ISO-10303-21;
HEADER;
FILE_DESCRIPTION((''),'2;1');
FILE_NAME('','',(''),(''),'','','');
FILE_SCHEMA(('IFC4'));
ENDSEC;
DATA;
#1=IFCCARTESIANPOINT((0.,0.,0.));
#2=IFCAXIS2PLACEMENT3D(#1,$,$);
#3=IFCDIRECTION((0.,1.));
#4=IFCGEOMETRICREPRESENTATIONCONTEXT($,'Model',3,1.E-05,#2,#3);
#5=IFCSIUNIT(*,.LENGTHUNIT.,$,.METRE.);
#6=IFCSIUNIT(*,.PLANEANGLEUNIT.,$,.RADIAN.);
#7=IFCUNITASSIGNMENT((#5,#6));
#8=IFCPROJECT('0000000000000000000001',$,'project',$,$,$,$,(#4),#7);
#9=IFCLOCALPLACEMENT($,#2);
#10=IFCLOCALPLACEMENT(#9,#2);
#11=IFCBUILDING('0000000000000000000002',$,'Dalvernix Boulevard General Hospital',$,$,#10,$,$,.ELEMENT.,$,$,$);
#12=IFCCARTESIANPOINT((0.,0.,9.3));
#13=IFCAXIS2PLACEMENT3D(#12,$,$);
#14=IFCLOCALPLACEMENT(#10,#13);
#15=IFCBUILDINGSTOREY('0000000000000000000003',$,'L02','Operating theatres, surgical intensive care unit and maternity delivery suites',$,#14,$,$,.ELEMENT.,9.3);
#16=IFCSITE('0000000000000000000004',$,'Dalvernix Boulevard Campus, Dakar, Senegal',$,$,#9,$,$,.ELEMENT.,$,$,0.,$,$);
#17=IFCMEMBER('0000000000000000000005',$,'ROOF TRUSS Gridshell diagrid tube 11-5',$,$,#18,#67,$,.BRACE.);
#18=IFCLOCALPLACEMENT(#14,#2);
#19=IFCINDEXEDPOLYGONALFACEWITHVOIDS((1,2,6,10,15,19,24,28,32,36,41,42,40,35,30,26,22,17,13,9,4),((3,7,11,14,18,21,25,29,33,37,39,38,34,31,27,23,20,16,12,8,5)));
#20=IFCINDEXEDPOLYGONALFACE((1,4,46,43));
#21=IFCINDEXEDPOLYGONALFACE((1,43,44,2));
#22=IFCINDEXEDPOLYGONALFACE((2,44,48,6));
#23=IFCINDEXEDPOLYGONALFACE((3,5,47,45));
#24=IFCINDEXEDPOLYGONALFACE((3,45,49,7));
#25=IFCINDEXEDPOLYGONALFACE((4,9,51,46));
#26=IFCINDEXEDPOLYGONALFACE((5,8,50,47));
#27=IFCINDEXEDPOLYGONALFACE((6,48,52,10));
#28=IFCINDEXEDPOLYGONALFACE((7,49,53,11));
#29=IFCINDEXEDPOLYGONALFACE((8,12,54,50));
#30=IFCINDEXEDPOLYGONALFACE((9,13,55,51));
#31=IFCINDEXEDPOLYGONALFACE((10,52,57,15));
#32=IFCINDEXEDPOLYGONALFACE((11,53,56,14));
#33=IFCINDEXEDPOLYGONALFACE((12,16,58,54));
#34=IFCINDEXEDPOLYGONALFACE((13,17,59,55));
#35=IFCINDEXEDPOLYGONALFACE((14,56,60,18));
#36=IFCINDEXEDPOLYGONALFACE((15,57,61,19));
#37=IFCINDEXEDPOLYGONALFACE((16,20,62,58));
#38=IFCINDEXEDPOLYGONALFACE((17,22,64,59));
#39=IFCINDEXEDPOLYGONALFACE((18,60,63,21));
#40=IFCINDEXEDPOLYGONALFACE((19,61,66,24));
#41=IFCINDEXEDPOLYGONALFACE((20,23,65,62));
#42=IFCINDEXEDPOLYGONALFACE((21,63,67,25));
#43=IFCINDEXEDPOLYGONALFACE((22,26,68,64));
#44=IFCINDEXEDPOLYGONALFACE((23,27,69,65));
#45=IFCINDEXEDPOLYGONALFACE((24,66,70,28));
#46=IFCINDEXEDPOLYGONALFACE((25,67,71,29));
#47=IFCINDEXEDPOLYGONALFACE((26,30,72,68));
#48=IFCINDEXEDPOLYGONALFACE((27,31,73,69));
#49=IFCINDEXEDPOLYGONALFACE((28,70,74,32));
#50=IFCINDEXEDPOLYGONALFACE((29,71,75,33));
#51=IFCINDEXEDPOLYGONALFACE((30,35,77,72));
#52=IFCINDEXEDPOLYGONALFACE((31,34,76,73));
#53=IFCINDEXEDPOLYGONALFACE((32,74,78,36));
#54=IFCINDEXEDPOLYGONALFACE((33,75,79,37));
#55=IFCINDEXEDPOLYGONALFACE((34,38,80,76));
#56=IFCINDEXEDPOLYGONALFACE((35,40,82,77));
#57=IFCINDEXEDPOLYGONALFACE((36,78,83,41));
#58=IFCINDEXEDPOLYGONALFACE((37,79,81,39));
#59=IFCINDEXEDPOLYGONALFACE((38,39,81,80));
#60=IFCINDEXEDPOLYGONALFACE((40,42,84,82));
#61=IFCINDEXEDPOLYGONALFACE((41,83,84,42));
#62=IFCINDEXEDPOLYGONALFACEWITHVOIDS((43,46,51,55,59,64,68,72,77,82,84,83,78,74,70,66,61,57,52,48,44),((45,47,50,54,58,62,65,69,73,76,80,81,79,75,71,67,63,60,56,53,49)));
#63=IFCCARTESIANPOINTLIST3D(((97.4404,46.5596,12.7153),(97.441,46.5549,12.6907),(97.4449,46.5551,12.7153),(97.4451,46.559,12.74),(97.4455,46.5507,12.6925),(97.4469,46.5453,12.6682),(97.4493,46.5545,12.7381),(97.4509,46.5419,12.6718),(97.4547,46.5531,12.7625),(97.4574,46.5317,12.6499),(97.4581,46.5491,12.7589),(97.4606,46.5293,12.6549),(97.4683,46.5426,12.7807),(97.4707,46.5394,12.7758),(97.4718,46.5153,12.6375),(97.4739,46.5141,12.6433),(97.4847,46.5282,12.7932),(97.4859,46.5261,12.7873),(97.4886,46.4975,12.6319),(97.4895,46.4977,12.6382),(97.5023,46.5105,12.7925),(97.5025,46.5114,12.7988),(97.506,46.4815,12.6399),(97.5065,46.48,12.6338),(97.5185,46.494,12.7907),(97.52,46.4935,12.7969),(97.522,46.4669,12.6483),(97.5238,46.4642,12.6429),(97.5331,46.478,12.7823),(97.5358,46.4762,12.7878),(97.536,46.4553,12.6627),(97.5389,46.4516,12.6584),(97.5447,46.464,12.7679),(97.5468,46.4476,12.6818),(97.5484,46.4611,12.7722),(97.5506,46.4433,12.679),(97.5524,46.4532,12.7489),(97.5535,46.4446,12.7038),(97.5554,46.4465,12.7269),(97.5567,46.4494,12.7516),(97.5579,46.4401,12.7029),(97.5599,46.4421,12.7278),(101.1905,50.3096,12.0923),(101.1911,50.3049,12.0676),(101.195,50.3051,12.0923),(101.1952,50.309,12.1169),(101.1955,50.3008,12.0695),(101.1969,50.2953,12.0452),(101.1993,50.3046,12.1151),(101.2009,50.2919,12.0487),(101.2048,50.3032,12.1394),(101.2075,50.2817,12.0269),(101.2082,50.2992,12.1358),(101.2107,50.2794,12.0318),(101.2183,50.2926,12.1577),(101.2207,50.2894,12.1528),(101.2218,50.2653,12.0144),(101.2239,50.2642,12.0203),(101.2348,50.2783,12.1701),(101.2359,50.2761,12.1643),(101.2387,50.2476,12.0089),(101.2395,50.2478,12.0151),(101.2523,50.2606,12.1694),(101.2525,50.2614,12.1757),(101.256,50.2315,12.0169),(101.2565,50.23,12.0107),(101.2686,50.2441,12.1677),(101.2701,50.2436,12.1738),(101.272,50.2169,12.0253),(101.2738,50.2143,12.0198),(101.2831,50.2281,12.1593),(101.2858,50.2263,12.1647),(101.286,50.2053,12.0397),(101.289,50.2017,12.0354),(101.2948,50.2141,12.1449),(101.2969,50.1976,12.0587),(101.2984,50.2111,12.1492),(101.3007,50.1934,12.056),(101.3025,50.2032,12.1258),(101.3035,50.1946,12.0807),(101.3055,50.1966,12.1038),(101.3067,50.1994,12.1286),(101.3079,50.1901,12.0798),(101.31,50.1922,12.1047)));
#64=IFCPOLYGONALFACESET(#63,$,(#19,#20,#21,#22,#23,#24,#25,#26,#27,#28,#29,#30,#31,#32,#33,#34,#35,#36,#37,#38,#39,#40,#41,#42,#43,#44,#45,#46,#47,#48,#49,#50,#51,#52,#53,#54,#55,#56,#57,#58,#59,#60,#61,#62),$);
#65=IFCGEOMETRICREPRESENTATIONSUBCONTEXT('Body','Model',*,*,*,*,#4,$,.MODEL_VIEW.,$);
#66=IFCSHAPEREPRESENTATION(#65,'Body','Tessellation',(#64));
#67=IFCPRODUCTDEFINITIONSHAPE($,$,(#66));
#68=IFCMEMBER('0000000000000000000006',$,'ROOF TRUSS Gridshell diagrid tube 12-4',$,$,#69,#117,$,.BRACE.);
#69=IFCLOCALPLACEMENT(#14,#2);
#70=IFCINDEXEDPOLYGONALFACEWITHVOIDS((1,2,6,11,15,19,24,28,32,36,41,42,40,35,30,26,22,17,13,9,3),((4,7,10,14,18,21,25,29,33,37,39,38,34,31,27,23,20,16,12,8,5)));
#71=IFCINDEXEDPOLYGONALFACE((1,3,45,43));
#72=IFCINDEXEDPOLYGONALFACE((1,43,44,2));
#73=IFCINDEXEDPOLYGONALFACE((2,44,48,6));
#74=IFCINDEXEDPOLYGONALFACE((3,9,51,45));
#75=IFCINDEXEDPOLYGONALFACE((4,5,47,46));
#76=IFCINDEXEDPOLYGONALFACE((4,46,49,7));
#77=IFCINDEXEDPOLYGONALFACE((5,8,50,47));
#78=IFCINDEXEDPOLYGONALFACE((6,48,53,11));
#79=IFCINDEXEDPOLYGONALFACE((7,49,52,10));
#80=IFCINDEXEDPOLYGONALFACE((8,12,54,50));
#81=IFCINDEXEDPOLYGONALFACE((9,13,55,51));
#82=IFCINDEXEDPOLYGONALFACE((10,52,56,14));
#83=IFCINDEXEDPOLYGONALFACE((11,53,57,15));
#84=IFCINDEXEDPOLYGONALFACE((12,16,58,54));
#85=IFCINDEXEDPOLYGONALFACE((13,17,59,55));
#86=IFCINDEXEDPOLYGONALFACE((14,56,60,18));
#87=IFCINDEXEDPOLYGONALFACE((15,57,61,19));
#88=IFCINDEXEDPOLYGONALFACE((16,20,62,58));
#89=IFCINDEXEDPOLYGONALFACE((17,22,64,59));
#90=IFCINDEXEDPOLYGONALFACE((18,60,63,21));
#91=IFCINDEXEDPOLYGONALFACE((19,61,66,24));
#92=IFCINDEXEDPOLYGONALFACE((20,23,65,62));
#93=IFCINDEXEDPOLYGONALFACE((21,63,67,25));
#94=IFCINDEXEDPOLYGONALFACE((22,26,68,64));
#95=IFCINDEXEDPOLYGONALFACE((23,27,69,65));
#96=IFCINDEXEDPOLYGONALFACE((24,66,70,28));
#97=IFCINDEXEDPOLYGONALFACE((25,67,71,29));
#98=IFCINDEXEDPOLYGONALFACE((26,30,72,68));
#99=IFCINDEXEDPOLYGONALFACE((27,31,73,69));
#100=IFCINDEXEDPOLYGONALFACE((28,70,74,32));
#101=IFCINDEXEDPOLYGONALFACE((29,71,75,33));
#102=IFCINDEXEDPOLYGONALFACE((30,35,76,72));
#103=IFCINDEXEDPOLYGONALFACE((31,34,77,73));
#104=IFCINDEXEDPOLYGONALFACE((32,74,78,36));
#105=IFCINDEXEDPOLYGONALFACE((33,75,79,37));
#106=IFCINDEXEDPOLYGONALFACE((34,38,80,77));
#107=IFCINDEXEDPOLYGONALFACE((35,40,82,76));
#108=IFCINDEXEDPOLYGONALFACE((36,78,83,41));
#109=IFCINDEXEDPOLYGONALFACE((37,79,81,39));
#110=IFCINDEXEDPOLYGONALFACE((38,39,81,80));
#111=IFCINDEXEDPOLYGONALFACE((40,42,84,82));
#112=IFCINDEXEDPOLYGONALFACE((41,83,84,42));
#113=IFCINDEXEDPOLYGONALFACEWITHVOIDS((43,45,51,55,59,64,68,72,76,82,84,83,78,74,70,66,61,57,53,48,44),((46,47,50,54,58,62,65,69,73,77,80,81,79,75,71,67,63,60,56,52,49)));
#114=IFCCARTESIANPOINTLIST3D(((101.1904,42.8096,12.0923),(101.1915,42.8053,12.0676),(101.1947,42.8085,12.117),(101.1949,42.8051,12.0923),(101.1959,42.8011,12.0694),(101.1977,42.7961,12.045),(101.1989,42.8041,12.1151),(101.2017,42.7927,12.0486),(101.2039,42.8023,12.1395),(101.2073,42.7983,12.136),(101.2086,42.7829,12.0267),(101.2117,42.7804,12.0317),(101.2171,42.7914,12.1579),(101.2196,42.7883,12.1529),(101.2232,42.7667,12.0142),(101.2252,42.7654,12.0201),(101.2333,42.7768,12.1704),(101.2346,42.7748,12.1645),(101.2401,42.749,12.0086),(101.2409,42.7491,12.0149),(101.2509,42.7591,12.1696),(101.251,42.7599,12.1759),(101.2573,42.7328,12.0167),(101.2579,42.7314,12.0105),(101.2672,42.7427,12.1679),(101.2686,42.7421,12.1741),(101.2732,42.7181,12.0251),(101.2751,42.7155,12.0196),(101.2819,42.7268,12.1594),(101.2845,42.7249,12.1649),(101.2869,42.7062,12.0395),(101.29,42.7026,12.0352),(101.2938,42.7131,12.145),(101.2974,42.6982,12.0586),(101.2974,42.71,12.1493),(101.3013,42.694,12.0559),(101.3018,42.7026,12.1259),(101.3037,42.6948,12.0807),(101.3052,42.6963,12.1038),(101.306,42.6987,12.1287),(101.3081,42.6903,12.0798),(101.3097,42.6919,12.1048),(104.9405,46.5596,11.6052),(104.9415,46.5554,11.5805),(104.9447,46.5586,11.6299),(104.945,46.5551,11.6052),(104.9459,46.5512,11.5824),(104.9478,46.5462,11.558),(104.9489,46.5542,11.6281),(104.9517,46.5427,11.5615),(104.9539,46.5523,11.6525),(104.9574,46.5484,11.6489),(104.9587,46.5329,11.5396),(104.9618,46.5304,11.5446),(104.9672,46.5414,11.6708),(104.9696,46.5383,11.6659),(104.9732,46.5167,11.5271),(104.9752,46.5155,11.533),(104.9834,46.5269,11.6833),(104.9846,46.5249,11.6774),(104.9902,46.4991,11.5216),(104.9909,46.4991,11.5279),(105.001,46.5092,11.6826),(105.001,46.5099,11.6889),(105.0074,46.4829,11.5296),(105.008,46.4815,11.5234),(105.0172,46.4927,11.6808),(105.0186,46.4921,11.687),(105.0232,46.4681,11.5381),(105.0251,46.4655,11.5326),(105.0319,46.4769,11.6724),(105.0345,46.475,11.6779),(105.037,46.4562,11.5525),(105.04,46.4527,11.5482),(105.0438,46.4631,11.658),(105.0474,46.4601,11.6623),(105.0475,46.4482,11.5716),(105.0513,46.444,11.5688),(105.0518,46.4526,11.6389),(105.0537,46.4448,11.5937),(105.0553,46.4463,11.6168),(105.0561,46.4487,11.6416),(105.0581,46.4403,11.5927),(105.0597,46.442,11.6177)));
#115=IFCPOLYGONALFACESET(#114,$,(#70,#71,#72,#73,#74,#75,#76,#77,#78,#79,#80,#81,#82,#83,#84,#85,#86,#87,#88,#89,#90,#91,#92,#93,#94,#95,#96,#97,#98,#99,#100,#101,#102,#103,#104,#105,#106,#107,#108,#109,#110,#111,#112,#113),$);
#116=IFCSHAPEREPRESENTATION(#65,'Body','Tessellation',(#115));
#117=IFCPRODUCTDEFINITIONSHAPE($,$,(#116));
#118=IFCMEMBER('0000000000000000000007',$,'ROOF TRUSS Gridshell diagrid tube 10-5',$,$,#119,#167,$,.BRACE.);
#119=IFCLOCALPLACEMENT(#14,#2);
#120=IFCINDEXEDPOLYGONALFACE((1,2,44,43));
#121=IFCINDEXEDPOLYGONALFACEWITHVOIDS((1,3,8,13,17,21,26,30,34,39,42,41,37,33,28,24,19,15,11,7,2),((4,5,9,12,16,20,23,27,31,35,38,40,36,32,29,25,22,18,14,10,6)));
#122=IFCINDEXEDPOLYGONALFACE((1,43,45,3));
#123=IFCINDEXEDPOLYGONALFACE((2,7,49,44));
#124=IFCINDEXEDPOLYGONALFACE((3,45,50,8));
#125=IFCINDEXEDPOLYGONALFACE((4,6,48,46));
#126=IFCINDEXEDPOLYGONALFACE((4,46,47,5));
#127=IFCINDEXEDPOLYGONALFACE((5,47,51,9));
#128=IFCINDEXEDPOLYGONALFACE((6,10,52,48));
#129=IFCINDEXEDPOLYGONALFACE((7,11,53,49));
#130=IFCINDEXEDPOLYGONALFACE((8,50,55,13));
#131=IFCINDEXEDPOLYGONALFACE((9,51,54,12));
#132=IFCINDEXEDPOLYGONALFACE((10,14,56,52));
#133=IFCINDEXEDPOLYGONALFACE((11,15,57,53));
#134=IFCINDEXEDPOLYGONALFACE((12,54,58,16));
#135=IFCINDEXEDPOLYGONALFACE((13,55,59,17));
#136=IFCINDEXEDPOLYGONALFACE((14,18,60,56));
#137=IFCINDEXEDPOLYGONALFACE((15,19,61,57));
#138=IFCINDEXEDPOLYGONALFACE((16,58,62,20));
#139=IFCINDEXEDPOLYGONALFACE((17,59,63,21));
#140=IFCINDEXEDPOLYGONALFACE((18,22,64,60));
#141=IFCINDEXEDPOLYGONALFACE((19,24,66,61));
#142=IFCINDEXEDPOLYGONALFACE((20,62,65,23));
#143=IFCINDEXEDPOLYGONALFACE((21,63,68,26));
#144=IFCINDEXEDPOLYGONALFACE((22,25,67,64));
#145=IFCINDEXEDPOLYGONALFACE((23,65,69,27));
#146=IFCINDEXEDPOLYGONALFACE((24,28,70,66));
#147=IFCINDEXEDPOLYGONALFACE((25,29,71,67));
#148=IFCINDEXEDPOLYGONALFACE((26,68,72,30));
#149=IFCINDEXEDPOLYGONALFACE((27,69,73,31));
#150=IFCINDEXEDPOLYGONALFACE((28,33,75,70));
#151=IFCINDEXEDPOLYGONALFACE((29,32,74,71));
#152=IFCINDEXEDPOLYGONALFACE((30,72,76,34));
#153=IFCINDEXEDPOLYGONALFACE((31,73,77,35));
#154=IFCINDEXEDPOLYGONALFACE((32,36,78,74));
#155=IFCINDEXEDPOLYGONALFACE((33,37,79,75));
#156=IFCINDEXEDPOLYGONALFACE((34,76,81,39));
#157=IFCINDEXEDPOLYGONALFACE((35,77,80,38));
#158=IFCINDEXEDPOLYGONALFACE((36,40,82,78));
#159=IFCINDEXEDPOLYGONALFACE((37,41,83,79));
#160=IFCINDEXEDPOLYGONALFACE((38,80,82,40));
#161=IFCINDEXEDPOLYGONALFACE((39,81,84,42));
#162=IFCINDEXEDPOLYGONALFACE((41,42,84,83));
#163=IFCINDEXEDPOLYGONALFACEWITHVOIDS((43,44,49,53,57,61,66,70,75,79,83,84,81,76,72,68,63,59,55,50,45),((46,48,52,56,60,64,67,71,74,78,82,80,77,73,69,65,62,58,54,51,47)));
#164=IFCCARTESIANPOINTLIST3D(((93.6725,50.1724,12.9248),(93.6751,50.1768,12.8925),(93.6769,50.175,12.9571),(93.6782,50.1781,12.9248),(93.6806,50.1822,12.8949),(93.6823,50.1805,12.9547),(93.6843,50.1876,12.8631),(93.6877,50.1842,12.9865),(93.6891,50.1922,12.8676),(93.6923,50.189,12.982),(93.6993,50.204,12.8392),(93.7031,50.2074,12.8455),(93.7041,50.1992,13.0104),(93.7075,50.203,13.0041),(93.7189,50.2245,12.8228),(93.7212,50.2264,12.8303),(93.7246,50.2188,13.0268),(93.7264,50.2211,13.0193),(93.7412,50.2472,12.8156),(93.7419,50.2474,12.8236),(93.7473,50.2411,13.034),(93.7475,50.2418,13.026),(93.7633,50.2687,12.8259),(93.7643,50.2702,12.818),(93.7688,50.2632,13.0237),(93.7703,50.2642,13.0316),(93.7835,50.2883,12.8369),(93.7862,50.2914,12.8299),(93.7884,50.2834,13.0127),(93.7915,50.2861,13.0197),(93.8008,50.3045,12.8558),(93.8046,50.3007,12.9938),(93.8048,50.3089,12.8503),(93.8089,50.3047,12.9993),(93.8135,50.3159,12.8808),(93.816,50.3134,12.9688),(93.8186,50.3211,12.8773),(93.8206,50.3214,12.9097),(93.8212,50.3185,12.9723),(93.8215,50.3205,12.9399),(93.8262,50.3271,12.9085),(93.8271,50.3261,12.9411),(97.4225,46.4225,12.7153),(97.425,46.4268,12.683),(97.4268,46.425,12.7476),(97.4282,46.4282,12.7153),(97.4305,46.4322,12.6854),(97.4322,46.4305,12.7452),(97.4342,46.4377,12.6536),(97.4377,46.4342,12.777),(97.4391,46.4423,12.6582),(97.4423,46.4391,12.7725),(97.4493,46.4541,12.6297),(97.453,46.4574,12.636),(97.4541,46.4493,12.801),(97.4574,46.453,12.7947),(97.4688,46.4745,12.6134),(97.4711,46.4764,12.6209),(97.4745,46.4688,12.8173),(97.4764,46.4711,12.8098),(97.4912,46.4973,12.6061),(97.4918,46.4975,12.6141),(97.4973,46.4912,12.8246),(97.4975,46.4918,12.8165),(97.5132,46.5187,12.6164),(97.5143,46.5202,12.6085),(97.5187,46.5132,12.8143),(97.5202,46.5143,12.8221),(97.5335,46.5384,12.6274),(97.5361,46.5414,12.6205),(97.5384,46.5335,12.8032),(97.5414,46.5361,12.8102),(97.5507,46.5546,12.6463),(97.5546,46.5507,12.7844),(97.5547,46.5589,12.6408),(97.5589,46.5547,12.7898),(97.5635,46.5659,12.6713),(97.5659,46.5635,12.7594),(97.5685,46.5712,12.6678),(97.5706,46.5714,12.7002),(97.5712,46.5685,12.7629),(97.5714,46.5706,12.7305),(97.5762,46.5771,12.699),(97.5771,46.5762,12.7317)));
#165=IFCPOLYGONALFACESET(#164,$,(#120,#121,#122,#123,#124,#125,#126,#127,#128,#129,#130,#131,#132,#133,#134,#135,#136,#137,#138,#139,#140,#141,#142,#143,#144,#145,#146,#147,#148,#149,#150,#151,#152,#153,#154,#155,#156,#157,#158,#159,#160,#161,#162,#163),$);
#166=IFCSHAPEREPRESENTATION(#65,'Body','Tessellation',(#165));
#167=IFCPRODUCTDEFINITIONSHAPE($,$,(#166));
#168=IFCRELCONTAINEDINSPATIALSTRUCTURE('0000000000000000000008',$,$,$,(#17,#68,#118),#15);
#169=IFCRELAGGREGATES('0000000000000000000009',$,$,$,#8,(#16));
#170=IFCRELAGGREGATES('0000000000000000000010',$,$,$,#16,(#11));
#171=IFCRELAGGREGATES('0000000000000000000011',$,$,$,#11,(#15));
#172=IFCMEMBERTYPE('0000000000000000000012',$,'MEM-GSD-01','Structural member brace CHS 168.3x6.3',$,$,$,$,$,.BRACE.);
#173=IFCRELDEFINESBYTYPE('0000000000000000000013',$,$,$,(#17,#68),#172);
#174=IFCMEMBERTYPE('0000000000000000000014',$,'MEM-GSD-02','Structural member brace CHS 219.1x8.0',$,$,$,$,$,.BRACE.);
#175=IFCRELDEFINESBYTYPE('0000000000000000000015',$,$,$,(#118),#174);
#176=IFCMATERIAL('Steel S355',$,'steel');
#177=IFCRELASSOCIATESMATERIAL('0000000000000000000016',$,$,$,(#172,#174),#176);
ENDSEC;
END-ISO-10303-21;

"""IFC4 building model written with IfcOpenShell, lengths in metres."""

from ifc_helpers import new_model, si_unit, direction, frame, origin, origin_2d, place, context, subcontext, project, spatial, hollow_circle, extrude, material, material_profile, profile_set, type_object, element, save


model = new_model("IFC4")

# Units and contexts
model_context = context("Model", 3, precision=1e-05, world=origin(), true_north=direction((0.0, 1.0)))
body_context = subcontext(model_context, "Body", "Model", "MODEL_VIEW")
ifc_project = project(units=[si_unit("LENGTHUNIT", "METRE"), si_unit("PLANEANGLEUNIT", "RADIAN")], contexts=[model_context])

# Site, building, storey
site_placement = place(None, origin())
site = spatial("IfcSite", under=ifc_project, at=site_placement, Name="Dalvernix Boulevard Campus, Dakar, Senegal", CompositionType="ELEMENT", RefElevation=0.0)
building_placement = place(site_placement, origin())
building = spatial("IfcBuilding", under=site, at=building_placement, Name="Dalvernix Boulevard General Hospital", CompositionType="ELEMENT")
storey_placement = place(building_placement, frame((0.0, 0.0, 9.3)))
storey = spatial("IfcBuildingStorey", under=building, at=storey_placement, Name="L02", Description="Operating theatres, surgical intensive care unit and maternity delivery suites", CompositionType="ELEMENT", Elevation=9.3)

# Shared definitions
ifc_material_1 = material(Name="Steel S355", Category="steel")

# Members
ifc_material_profile_1 = material_profile(ifc_material_1, hollow_circle(Radius=0.0842, WallThickness=0.0063, at=origin_2d()), Name="CHS 168.3x6.3")
ifc_profile_set_1 = profile_set([ifc_material_profile_1], Name="Steel S355")
member_type_1 = type_object("IfcMemberType", Name="MEM-GSD-01", Description="Structural member brace CHS 168.3x6.3", PredefinedType="BRACE", material=ifc_profile_set_1)
member_1_placement = place(storey_placement, frame((97.5, 46.5, 12.7153), z_axis=(0.702277, 0.702277, -0.11668), x_axis=(-0.707107, 0.707107, 0.0)))
element("IfcMember", 1, at=member_1_placement, inside=storey, type_object=member_type_1, Name="ROOF TRUSS Gridshell diagrid tube 11-5", PredefinedType="BRACE", context=body_context, shape_type="SweptSolid", body=[
    extrude(hollow_circle(Radius=0.0842, WallThickness=0.0063, at=origin_2d()), origin(), (0.0, 0.0, 1.0), 5.3398),
])
member_2_placement = place(storey_placement, frame((101.25, 42.75, 12.0923), z_axis=(0.704143, 0.704143, -0.091456), x_axis=(-0.707107, 0.707107, 0.0)))
element("IfcMember", 2, at=member_2_placement, inside=storey, type_object=member_type_1, Name="ROOF TRUSS Gridshell diagrid tube 12-4", PredefinedType="BRACE", context=body_context, shape_type="SweptSolid", body=[
    extrude(hollow_circle(Radius=0.0842, WallThickness=0.0063, at=origin_2d()), origin(), (0.0, 0.0, 1.0), 5.3257),
])
ifc_material_profile_2 = material_profile(ifc_material_1, hollow_circle(Radius=0.1096, WallThickness=0.0081, at=origin_2d()), Name="CHS 219.1x8.0")
ifc_profile_set_2 = profile_set([ifc_material_profile_2], Name="Steel S355")
member_type_2 = type_object("IfcMemberType", Name="MEM-GSD-02", Description="Structural member brace CHS 219.1x8.0", PredefinedType="BRACE", material=ifc_profile_set_2)
member_3_placement = place(storey_placement, frame((97.5, 46.5, 12.7153), z_axis=(-0.706556, 0.706556, 0.039468), x_axis=(-0.707107, -0.707107, 0.0)))
element("IfcMember", 3, at=member_3_placement, inside=storey, type_object=member_type_2, Name="ROOF TRUSS Gridshell diagrid tube 10-5", PredefinedType="BRACE", context=body_context, shape_type="SweptSolid", body=[
    extrude(hollow_circle(Radius=0.1096, WallThickness=0.0081, at=origin_2d()), origin(), (0.0, 0.0, 1.0), 5.3074),
])

save(model, "model.ifc")
